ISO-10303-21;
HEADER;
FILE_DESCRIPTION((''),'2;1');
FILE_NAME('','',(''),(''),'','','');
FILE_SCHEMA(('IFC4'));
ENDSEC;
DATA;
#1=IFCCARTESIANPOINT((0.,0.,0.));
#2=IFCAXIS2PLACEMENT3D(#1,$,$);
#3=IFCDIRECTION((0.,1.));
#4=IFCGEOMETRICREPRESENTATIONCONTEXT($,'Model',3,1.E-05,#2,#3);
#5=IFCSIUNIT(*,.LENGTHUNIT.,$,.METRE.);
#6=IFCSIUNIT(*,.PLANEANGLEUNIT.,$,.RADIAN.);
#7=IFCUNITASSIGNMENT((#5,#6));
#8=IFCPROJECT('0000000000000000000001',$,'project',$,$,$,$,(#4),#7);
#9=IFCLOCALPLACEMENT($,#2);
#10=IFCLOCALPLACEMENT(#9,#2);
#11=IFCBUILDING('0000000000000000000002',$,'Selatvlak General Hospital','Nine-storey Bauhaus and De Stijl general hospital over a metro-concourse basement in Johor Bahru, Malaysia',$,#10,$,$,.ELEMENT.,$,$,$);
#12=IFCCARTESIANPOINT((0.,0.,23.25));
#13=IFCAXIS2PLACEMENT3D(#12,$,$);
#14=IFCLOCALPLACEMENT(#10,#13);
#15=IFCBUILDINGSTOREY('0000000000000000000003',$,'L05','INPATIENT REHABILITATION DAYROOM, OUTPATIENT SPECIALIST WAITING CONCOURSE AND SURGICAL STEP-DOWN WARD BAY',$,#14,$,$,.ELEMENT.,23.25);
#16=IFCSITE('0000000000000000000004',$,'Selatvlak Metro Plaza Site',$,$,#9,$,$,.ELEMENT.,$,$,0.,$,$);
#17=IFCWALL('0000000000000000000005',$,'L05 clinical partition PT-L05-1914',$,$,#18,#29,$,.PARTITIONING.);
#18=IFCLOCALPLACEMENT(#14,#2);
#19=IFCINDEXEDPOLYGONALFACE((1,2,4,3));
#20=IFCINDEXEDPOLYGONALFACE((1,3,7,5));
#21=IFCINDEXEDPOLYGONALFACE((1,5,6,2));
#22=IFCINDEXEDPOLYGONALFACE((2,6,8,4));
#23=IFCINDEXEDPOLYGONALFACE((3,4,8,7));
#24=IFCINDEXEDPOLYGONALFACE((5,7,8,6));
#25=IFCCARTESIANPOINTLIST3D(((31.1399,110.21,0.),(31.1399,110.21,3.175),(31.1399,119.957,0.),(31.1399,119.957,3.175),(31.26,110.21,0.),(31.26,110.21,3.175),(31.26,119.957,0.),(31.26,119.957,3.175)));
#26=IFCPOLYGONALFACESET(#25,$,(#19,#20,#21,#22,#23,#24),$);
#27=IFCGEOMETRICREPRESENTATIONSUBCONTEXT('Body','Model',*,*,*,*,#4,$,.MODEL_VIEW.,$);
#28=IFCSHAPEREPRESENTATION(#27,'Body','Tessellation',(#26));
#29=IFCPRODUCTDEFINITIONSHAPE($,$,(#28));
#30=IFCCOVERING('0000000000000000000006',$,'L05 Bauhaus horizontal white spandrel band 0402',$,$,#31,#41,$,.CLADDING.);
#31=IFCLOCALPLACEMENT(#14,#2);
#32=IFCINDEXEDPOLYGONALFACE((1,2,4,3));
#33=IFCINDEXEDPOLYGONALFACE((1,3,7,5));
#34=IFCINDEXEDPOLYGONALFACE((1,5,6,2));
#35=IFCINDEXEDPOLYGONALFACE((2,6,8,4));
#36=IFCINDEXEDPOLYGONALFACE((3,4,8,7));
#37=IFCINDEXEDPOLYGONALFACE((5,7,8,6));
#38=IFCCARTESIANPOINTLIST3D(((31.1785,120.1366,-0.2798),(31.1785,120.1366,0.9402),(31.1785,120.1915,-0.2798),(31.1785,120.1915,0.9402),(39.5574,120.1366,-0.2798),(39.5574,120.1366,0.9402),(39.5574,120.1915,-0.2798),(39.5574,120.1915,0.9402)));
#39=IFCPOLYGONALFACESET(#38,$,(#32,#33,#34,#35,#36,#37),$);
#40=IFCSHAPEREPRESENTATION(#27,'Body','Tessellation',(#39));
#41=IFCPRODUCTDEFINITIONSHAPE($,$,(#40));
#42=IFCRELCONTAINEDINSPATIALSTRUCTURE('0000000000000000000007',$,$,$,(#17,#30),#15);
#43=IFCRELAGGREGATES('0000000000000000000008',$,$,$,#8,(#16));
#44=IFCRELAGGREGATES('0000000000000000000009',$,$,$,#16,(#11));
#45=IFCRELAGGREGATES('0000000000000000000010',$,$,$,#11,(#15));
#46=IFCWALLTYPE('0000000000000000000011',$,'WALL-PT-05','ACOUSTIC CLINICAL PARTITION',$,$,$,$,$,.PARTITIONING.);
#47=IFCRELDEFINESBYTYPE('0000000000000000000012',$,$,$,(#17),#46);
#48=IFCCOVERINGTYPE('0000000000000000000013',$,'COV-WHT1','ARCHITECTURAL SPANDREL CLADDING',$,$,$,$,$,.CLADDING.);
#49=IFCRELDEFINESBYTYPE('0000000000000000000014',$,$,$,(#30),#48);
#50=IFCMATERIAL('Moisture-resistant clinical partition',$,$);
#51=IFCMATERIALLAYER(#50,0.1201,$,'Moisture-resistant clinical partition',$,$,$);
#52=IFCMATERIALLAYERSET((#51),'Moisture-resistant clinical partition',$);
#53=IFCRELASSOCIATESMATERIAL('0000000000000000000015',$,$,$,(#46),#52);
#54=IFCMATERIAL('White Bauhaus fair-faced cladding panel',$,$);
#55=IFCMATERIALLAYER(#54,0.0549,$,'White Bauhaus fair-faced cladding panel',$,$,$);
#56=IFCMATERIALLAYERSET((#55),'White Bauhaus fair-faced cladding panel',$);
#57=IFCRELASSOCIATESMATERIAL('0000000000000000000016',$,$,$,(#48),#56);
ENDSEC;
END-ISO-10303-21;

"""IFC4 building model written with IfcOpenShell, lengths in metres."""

from ifc_helpers import new_model, si_unit, direction, frame, frame_2d, origin, origin_2d, place, context, subcontext, project, spatial, rectangle, extrude, material, layer, layer_set, type_object, element, save


model = new_model("IFC4")

# Units and contexts
model_context = context("Model", 3, precision=1e-05, world=origin(), true_north=direction((0.0, 1.0)))
body_context = subcontext(model_context, "Body", "Model", "MODEL_VIEW")
ifc_project = project(units=[si_unit("LENGTHUNIT", "METRE"), si_unit("PLANEANGLEUNIT", "RADIAN")], contexts=[model_context])

# Site, building, storey
site_placement = place(None, origin())
site = spatial("IfcSite", under=ifc_project, at=site_placement, Name="Selatvlak Metro Plaza Site", CompositionType="ELEMENT", RefElevation=0.0)
building_placement = place(site_placement, origin())
building = spatial("IfcBuilding", under=site, at=building_placement, Name="Selatvlak General Hospital", Description="Nine-storey Bauhaus and De Stijl general hospital over a metro-concourse basement in Johor Bahru, Malaysia", CompositionType="ELEMENT")
storey_placement = place(building_placement, frame((0.0, 0.0, 23.25)))
storey = spatial("IfcBuildingStorey", under=building, at=storey_placement, Name="L05", Description="INPATIENT REHABILITATION DAYROOM, OUTPATIENT SPECIALIST WAITING CONCOURSE AND SURGICAL STEP-DOWN WARD BAY", CompositionType="ELEMENT", Elevation=23.25)

# Shared definitions
ifc_material_1 = material(Name="Moisture-resistant clinical partition")

# Wall
ifc_layer_1 = layer(ifc_material_1, 0.1201, Name="Moisture-resistant clinical partition")
ifc_layer_set_1 = layer_set([ifc_layer_1], Name="Moisture-resistant clinical partition")
wall_type_1 = type_object("IfcWallType", Name="WALL-PT-05", Description="ACOUSTIC CLINICAL PARTITION", PredefinedType="PARTITIONING", material=ifc_layer_set_1)
wall_1_placement = place(storey_placement, frame((31.2, 119.957, 0.0), z_axis=(0.0, 0.0, 1.0), x_axis=(0.0, -1.0, 0.0)))
element("IfcWall", 1, at=wall_1_placement, inside=storey, type_object=wall_type_1, Name="L05 clinical partition PT-L05-1914", PredefinedType="PARTITIONING", context=body_context, shape_type="SweptSolid", body=[
    extrude(rectangle(XDim=9.7471, YDim=0.1201, at=frame_2d((4.8735, 0.0))), origin(), (0.0, 0.0, 1.0), 3.175),
])

# Covering
ifc_material_2 = material(Name="White Bauhaus fair-faced cladding panel")
ifc_layer_2 = layer(ifc_material_2, 0.0549, Name="White Bauhaus fair-faced cladding panel")
ifc_layer_set_2 = layer_set([ifc_layer_2], Name="White Bauhaus fair-faced cladding panel")
covering_type = type_object("IfcCoveringType", Name="COV-WHT1", Description="ARCHITECTURAL SPANDREL CLADDING", PredefinedType="CLADDING", material=ifc_layer_set_2)
covering_placement = place(storey_placement, frame((35.3679, 120.1641, -0.2798), z_axis=(0.0, 0.0, 1.0), x_axis=(1.0, 0.0, 0.0)))
element("IfcCovering", 2, at=covering_placement, inside=storey, type_object=covering_type, Name="L05 Bauhaus horizontal white spandrel band 0402", PredefinedType="CLADDING", context=body_context, shape_type="SweptSolid", body=[
    extrude(rectangle(XDim=8.3789, YDim=0.0549, at=origin_2d()), origin(), (0.0, 0.0, 1.0), 1.22),
])

save(model, "model.ifc")
